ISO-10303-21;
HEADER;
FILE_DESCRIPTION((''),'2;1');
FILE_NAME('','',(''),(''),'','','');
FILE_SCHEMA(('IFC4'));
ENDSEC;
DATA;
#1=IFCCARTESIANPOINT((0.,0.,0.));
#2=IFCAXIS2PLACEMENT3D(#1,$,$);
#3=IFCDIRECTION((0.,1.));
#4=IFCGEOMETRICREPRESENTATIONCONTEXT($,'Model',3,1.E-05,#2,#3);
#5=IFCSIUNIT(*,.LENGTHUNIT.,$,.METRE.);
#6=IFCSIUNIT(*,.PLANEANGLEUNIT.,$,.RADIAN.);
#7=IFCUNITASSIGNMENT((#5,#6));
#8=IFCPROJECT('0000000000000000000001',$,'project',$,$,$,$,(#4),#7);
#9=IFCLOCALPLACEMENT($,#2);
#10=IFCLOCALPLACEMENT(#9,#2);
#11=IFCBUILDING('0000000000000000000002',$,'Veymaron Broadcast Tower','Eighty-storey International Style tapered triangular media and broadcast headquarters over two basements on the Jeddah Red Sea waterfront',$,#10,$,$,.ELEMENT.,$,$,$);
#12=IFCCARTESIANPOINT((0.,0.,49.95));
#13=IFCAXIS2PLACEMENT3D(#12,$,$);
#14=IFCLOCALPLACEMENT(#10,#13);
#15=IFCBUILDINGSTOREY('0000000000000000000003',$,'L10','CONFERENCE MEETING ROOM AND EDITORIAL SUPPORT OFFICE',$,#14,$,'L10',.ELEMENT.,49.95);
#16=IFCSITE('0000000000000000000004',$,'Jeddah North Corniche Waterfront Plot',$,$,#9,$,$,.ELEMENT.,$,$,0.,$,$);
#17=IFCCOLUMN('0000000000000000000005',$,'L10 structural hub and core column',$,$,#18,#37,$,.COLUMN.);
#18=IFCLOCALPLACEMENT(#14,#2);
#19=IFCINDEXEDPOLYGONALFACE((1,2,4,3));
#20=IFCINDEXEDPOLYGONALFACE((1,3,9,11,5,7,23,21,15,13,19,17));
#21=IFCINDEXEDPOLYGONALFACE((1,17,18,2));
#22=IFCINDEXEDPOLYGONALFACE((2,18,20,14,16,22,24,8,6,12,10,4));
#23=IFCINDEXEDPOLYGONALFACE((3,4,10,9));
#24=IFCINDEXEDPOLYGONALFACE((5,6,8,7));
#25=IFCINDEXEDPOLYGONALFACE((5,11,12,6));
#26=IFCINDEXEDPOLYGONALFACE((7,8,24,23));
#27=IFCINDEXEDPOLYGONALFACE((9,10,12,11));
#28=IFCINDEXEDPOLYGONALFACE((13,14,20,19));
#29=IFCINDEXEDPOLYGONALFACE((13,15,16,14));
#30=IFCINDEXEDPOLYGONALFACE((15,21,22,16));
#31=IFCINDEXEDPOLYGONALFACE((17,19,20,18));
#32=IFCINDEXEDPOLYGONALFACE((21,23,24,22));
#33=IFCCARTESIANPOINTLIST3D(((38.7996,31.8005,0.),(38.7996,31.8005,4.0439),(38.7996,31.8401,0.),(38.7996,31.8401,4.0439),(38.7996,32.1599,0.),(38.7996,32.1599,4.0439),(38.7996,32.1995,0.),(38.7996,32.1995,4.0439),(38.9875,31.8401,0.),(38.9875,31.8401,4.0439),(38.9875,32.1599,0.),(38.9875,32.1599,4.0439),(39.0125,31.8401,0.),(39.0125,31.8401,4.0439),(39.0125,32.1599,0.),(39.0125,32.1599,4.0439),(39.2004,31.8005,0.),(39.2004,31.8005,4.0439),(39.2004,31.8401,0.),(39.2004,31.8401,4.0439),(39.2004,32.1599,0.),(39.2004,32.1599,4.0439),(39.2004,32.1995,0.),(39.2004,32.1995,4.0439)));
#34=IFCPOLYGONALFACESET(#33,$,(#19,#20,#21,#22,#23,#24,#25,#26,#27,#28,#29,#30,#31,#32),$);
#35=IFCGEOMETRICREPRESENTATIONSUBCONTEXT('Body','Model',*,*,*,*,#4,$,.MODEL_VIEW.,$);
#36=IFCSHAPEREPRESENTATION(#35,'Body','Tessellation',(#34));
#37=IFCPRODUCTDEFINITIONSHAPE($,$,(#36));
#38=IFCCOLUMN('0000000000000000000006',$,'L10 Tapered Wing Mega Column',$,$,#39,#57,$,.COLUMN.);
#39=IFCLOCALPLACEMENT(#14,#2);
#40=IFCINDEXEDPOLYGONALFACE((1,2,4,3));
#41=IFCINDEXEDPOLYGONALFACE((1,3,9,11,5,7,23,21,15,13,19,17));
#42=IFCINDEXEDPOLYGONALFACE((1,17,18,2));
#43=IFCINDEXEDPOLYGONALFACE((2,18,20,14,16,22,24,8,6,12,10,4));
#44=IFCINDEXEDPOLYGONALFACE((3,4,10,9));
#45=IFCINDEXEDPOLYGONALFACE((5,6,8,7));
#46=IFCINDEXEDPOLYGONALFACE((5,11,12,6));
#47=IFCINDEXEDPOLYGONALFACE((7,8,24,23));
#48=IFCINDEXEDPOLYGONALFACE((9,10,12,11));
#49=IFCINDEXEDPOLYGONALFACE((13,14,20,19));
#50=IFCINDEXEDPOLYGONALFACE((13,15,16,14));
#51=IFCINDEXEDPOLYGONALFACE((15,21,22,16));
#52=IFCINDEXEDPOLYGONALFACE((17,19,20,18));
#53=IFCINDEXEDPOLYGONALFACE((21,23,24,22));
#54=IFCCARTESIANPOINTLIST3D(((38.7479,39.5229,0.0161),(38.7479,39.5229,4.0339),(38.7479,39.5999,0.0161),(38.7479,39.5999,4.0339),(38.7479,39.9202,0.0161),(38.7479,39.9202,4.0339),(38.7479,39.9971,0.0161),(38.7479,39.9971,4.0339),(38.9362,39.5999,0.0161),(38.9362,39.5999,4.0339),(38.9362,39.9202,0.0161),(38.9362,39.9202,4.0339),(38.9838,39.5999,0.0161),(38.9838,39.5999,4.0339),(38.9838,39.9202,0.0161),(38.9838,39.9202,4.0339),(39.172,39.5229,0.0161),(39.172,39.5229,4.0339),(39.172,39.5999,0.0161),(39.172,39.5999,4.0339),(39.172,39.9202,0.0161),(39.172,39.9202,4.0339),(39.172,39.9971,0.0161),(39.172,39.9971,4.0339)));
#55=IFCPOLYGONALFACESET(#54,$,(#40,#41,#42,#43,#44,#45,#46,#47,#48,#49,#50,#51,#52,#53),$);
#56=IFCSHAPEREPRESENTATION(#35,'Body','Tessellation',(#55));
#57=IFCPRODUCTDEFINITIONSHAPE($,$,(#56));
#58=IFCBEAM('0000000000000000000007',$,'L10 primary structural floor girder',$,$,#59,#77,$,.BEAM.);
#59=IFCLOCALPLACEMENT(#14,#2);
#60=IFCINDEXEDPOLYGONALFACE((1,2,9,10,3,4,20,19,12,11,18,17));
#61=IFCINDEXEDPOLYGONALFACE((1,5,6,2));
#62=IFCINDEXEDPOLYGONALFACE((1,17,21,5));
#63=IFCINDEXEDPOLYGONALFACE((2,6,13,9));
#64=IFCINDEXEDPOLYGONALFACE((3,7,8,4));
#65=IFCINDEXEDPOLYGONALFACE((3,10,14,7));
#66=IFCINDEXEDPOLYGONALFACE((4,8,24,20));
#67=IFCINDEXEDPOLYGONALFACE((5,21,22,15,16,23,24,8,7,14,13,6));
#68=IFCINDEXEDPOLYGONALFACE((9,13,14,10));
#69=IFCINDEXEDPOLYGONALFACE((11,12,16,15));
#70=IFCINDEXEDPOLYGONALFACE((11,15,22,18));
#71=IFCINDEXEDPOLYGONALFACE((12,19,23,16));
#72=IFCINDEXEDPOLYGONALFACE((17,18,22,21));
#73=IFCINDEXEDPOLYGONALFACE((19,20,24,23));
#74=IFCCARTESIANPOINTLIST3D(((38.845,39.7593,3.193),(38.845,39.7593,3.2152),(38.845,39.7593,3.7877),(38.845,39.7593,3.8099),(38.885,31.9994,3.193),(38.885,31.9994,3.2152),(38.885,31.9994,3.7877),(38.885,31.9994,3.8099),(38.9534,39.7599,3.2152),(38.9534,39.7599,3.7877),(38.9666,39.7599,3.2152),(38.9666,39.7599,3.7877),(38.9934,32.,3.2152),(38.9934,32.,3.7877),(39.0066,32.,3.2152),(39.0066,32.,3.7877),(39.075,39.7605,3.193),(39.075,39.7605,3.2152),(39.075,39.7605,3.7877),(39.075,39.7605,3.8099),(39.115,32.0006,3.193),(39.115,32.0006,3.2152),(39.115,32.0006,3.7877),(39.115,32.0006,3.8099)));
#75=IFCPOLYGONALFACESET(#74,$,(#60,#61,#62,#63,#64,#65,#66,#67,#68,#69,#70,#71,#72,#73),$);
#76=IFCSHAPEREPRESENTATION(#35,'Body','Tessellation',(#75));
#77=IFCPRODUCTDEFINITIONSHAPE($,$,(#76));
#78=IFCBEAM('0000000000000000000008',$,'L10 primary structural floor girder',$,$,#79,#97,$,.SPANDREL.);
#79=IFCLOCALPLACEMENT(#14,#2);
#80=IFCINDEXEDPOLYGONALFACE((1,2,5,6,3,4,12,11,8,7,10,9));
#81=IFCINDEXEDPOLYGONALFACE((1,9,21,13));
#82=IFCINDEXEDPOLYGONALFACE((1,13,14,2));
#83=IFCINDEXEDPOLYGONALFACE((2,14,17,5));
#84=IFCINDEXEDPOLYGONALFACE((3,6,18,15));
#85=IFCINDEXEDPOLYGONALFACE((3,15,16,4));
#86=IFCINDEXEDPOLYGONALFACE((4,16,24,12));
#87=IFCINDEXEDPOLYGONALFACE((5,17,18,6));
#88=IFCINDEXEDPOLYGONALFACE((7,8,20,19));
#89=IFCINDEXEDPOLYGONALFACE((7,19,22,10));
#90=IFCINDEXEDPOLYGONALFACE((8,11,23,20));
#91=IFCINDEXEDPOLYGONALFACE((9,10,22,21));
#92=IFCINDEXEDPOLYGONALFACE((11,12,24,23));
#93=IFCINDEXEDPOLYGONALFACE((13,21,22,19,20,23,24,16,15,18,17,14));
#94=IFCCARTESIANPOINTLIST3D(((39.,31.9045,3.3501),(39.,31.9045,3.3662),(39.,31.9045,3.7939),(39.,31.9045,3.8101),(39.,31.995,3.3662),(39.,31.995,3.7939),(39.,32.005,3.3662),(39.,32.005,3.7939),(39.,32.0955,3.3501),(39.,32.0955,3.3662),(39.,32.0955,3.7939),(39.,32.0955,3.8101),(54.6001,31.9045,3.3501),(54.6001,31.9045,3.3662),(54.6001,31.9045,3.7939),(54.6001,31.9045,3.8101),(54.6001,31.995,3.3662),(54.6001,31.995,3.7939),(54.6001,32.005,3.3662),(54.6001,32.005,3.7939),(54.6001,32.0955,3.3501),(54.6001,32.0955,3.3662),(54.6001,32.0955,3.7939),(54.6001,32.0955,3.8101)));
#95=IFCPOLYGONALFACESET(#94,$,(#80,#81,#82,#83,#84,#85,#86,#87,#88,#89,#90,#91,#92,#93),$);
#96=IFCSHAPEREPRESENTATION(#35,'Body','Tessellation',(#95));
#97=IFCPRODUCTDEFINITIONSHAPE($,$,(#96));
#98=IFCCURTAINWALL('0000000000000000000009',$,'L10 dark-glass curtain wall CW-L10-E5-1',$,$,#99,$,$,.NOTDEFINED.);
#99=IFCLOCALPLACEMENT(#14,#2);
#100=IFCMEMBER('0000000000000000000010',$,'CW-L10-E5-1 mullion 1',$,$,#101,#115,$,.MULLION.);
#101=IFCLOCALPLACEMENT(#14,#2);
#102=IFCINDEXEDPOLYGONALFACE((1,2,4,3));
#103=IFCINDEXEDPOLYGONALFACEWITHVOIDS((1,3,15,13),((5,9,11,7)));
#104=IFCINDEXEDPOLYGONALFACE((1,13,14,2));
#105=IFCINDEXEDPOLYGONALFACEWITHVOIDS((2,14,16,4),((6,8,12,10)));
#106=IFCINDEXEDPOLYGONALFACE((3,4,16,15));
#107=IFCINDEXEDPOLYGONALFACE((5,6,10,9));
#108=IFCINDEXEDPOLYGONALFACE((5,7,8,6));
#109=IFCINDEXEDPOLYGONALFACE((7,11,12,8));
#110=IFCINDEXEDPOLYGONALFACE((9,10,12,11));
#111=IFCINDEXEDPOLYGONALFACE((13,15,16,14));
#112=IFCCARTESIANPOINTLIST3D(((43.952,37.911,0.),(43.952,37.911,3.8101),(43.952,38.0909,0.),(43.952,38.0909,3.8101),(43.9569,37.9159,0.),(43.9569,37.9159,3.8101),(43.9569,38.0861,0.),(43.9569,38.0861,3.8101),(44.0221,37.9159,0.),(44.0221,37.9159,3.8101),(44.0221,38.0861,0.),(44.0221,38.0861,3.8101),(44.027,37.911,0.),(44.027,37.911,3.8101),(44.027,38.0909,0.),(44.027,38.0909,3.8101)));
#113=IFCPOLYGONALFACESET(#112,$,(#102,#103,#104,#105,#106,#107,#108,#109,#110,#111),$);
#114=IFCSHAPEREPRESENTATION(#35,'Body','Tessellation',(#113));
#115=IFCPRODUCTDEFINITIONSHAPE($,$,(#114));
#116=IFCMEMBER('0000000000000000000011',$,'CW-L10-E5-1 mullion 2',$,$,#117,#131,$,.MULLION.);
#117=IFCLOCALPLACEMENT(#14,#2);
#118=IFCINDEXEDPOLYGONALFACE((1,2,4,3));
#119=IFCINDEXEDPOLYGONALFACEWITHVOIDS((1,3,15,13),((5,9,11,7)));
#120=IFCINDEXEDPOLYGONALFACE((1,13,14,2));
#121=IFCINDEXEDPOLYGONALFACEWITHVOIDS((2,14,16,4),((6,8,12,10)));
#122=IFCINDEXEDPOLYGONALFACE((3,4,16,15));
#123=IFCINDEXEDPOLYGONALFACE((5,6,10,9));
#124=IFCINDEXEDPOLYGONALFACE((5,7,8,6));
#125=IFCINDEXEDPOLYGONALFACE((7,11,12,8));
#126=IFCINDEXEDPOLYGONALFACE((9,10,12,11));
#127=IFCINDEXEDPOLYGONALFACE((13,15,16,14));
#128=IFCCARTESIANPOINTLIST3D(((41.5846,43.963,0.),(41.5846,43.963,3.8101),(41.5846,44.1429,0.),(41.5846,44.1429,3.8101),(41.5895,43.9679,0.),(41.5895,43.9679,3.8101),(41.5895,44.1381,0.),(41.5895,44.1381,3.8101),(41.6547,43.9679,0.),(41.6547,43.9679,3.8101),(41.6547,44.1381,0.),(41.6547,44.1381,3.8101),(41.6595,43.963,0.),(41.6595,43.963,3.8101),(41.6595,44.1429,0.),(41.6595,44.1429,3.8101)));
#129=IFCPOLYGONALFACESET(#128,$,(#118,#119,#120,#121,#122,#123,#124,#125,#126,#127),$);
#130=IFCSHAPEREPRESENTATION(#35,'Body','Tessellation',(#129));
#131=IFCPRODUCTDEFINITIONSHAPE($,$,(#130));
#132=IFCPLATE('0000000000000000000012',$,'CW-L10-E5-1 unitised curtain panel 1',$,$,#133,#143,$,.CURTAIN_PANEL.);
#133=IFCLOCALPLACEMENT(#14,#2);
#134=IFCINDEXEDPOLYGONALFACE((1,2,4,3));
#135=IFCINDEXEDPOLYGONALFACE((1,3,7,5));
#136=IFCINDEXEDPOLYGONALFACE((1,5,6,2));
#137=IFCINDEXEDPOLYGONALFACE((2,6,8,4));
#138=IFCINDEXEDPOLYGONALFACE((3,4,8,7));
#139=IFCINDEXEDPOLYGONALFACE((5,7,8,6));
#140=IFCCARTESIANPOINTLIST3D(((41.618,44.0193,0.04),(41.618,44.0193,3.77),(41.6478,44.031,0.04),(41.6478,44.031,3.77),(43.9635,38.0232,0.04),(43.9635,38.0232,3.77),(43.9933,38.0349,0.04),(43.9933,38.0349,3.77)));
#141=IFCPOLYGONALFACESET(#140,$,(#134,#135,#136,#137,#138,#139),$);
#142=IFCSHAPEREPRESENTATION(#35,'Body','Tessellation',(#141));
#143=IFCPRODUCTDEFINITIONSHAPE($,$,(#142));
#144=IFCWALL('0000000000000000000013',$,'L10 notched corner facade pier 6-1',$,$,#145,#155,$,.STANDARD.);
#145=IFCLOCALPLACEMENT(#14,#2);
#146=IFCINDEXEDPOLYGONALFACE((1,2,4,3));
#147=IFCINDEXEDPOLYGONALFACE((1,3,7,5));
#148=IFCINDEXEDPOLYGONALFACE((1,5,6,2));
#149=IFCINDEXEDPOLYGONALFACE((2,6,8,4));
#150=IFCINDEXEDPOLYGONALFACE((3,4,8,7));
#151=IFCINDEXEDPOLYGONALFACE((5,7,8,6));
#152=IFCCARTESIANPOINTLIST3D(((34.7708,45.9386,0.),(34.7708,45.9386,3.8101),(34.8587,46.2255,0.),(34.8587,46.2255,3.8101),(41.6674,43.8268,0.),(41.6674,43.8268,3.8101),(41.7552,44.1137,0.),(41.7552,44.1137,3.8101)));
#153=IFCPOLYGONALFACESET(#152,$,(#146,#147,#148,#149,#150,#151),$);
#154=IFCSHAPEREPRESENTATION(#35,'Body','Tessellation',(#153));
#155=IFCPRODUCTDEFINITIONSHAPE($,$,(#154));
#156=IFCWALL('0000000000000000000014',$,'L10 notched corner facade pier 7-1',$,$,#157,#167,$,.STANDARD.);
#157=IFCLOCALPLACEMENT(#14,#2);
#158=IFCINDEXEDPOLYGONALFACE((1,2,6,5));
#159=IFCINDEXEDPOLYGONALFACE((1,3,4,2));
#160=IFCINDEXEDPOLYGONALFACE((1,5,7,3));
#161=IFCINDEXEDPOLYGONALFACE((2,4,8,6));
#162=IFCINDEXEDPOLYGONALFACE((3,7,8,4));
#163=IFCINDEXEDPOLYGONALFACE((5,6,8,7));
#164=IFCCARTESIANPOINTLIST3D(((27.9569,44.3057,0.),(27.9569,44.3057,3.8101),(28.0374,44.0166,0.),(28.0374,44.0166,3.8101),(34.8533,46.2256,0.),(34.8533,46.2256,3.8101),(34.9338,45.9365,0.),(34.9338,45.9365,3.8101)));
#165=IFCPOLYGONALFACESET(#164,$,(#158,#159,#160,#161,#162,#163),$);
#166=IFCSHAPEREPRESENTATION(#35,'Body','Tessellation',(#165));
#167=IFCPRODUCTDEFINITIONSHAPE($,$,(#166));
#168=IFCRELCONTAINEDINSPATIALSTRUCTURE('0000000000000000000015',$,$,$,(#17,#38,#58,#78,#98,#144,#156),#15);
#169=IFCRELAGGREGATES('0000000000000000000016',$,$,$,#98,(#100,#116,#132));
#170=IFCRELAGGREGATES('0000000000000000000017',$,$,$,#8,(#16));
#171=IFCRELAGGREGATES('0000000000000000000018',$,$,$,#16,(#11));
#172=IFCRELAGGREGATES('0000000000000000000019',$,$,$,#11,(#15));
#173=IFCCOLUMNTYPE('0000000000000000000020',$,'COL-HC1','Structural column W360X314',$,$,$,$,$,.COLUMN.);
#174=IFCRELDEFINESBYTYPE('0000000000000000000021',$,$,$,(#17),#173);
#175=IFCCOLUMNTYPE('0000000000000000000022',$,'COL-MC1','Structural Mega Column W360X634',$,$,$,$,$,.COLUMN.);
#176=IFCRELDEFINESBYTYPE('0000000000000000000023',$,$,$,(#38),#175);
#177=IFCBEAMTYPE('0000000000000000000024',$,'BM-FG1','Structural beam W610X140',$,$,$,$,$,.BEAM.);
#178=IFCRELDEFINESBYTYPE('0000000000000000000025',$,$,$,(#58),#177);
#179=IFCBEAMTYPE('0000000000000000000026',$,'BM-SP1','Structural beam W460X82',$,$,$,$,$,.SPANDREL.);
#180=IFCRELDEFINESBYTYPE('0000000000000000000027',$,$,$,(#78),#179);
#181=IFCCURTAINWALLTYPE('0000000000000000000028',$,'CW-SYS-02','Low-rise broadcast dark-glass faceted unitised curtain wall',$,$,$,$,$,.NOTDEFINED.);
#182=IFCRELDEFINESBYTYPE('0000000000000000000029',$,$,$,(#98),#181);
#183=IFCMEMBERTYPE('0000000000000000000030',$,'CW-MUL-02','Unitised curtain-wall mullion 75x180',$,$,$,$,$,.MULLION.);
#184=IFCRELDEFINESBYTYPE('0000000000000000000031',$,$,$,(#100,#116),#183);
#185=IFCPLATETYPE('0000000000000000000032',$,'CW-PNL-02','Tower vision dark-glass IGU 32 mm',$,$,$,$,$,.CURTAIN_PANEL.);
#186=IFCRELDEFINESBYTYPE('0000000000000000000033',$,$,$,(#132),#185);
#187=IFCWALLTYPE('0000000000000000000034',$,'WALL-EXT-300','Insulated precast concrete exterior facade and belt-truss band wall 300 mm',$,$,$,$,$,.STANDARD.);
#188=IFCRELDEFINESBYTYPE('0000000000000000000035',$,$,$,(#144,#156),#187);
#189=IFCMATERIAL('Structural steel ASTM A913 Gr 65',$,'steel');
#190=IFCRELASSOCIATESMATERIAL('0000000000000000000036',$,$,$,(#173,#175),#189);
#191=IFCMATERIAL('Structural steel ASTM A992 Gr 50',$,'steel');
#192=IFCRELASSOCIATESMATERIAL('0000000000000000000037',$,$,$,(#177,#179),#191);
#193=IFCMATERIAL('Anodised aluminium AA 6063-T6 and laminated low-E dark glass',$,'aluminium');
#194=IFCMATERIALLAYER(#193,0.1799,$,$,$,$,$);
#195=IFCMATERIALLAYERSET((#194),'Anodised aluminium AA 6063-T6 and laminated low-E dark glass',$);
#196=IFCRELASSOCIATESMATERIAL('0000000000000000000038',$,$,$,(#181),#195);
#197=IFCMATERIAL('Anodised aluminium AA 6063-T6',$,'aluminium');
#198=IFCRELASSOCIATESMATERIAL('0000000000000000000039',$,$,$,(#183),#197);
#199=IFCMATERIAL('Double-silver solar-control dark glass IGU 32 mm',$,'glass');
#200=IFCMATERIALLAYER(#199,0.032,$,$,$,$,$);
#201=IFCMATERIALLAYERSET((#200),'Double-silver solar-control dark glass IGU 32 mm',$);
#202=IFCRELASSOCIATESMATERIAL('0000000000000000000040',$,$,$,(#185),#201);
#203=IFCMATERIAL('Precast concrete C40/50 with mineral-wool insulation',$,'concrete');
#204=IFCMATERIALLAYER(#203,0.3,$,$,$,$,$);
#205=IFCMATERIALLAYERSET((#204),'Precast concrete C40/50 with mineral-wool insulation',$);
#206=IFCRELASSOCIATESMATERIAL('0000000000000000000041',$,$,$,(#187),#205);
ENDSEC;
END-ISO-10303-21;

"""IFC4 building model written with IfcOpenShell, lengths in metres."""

from ifc_helpers import new_model, si_unit, direction, frame, frame_2d, origin, origin_2d, place, context, subcontext, project, spatial, rectangle, hollow_rectangle, i_section, extrude, material, layer, layer_set, material_profile, profile_set, type_object, element, aggregate, save


model = new_model("IFC4")

# Units and contexts
model_context = context("Model", 3, precision=1e-05, world=origin(), true_north=direction((0.0, 1.0)))
body_context = subcontext(model_context, "Body", "Model", "MODEL_VIEW")
ifc_project = project(units=[si_unit("LENGTHUNIT", "METRE"), si_unit("PLANEANGLEUNIT", "RADIAN")], contexts=[model_context])

# Site, building, storey
site_placement = place(None, origin())
site = spatial("IfcSite", under=ifc_project, at=site_placement, Name="Jeddah North Corniche Waterfront Plot", CompositionType="ELEMENT", RefElevation=0.0)
building_placement = place(site_placement, origin())
building = spatial("IfcBuilding", under=site, at=building_placement, Name="Veymaron Broadcast Tower", Description="Eighty-storey International Style tapered triangular media and broadcast headquarters over two basements on the Jeddah Red Sea waterfront", CompositionType="ELEMENT")
storey_placement = place(building_placement, frame((0.0, 0.0, 49.95)))
storey = spatial("IfcBuildingStorey", under=building, at=storey_placement, Name="L10", Description="CONFERENCE MEETING ROOM AND EDITORIAL SUPPORT OFFICE", LongName="L10", CompositionType="ELEMENT", Elevation=49.95)

# Columns
ifc_material_1 = material(Name="Structural steel ASTM A913 Gr 65", Category="steel")
ifc_material_profile_1 = material_profile(ifc_material_1, i_section(OverallWidth=0.4009, OverallDepth=0.3989, WebThickness=0.0249, FlangeThickness=0.0396, at=origin_2d()), Name="W360X314")
ifc_profile_set_1 = profile_set([ifc_material_profile_1], Name="Structural steel ASTM A913 Gr 65")
column_type_1 = type_object("IfcColumnType", Name="COL-HC1", Description="Structural column W360X314", PredefinedType="COLUMN", material=ifc_profile_set_1)
column_1_placement = place(storey_placement, frame((39.0, 32.0, 0.0), z_axis=(0.0, 0.0, 1.0), x_axis=(1.0, 0.0, 0.0)))
element("IfcColumn", 1, at=column_1_placement, inside=storey, type_object=column_type_1, Name="L10 structural hub and core column", PredefinedType="COLUMN", context=body_context, shape_type="SweptSolid", body=[
    extrude(i_section(OverallWidth=0.4009, OverallDepth=0.3989, WebThickness=0.0249, FlangeThickness=0.0396, at=origin_2d()), origin(), (0.0, 0.0, 1.0), 4.0439),
])
ifc_material_profile_2 = material_profile(ifc_material_1, i_section(OverallWidth=0.4241, OverallDepth=0.4741, WebThickness=0.0476, FlangeThickness=0.0769, at=origin_2d()), Name="W360X634")
ifc_profile_set_2 = profile_set([ifc_material_profile_2], Name="Structural steel ASTM A913 Gr 65")
column_type_2 = type_object("IfcColumnType", Name="COL-MC1", Description="Structural Mega Column W360X634", PredefinedType="COLUMN", material=ifc_profile_set_2)
column_2_placement = place(storey_placement, frame((38.96, 39.76, 0.0161), z_axis=(0.0, 0.0, 1.0), x_axis=(1.0, 0.0, 0.0)))
element("IfcColumn", 2, at=column_2_placement, inside=storey, type_object=column_type_2, Name="L10 Tapered Wing Mega Column", PredefinedType="COLUMN", context=body_context, shape_type="SweptSolid", body=[
    extrude(i_section(OverallWidth=0.4241, OverallDepth=0.4741, WebThickness=0.0476, FlangeThickness=0.0769, at=origin_2d()), origin(), (0.0, 0.0, 1.0), 4.0178),
])

# Beams
ifc_material_2 = material(Name="Structural steel ASTM A992 Gr 50", Category="steel")
ifc_material_profile_3 = material_profile(ifc_material_2, i_section(OverallWidth=0.23, OverallDepth=0.6169, WebThickness=0.0132, FlangeThickness=0.0222, at=origin_2d()), Name="W610X140")
ifc_profile_set_3 = profile_set([ifc_material_profile_3], Name="Structural steel ASTM A992 Gr 50")
beam_type_1 = type_object("IfcBeamType", Name="BM-FG1", Description="Structural beam W610X140", PredefinedType="BEAM", material=ifc_profile_set_3)
beam_1_placement = place(storey_placement, frame((39.0, 32.0, 3.5015), z_axis=(-0.00516, 0.999987, 0.0), x_axis=(-0.999987, -0.00516, 0.0)))
element("IfcBeam", 3, at=beam_1_placement, inside=storey, type_object=beam_type_1, Name="L10 primary structural floor girder", PredefinedType="BEAM", context=body_context, shape_type="SweptSolid", body=[
    extrude(i_section(OverallWidth=0.23, OverallDepth=0.6169, WebThickness=0.0132, FlangeThickness=0.0222, at=origin_2d()), origin(), (0.0, 0.0, 1.0), 7.76),
])
ifc_material_profile_4 = material_profile(ifc_material_2, i_section(OverallWidth=0.1909, OverallDepth=0.46, WebThickness=0.01, FlangeThickness=0.0161, at=origin_2d()), Name="W460X82")
ifc_profile_set_4 = profile_set([ifc_material_profile_4], Name="Structural steel ASTM A992 Gr 50")
beam_type_2 = type_object("IfcBeamType", Name="BM-SP1", Description="Structural beam W460X82", PredefinedType="SPANDREL", material=ifc_profile_set_4)
beam_2_placement = place(storey_placement, frame((39.0, 32.0, 3.5801), z_axis=(1.0, 0.0, 0.0), x_axis=(0.0, 1.0, 0.0)))
element("IfcBeam", 4, at=beam_2_placement, inside=storey, type_object=beam_type_2, Name="L10 primary structural floor girder", PredefinedType="SPANDREL", context=body_context, shape_type="SweptSolid", body=[
    extrude(i_section(OverallWidth=0.1909, OverallDepth=0.46, WebThickness=0.01, FlangeThickness=0.0161, at=origin_2d()), origin(), (0.0, 0.0, 1.0), 15.6001),
])

# Curtain wall, members, plate
ifc_material_3 = material(Name="Anodised aluminium AA 6063-T6 and laminated low-E dark glass", Category="aluminium")
ifc_layer_1 = layer(ifc_material_3, 0.1799)
ifc_layer_set_1 = layer_set([ifc_layer_1], Name="Anodised aluminium AA 6063-T6 and laminated low-E dark glass")
curtain_wall_type = type_object("IfcCurtainWallType", Name="CW-SYS-02", Description="Low-rise broadcast dark-glass faceted unitised curtain wall", PredefinedType="NOTDEFINED", material=ifc_layer_set_1)
curtain_wall_placement = place(storey_placement, origin())
curtain_wall = element("IfcCurtainWall", 5, at=curtain_wall_placement, inside=storey, type_object=curtain_wall_type, Name="L10 dark-glass curtain wall CW-L10-E5-1", PredefinedType="NOTDEFINED")
ifc_material_4 = material(Name="Anodised aluminium AA 6063-T6", Category="aluminium")
ifc_material_profile_5 = material_profile(ifc_material_4, hollow_rectangle(XDim=0.075, YDim=0.1799, WallThickness=0.0049, at=origin_2d()), Name="AL180X75X5")
ifc_profile_set_5 = profile_set([ifc_material_profile_5], Name="Anodised aluminium AA 6063-T6")
member_type = type_object("IfcMemberType", Name="CW-MUL-02", Description="Unitised curtain-wall mullion 75x180", PredefinedType="MULLION", material=ifc_profile_set_5)
member_1_placement = place(storey_placement, frame((43.9895, 38.001, 0.0), z_axis=(0.0, 0.0, 1.0), x_axis=(1.0, 0.0, 0.0)))
member_1 = element("IfcMember", 6, at=member_1_placement, type_object=member_type, Name="CW-L10-E5-1 mullion 1", PredefinedType="MULLION", context=body_context, shape_type="SweptSolid", body=[
    extrude(hollow_rectangle(XDim=0.075, YDim=0.1799, WallThickness=0.0049, at=origin_2d()), origin(), (0.0, 0.0, 1.0), 3.8101),
])
member_2_placement = place(storey_placement, frame((41.6221, 44.053, 0.0), z_axis=(0.0, 0.0, 1.0), x_axis=(1.0, 0.0, 0.0)))
member_2 = element("IfcMember", 7, at=member_2_placement, type_object=member_type, Name="CW-L10-E5-1 mullion 2", PredefinedType="MULLION", context=body_context, shape_type="SweptSolid", body=[
    extrude(hollow_rectangle(XDim=0.075, YDim=0.1799, WallThickness=0.0049, at=origin_2d()), origin(), (0.0, 0.0, 1.0), 3.8101),
])
ifc_material_5 = material(Name="Double-silver solar-control dark glass IGU 32 mm", Category="glass")
ifc_layer_2 = layer(ifc_material_5, 0.032)
ifc_layer_set_2 = layer_set([ifc_layer_2], Name="Double-silver solar-control dark glass IGU 32 mm")
plate_type = type_object("IfcPlateType", Name="CW-PNL-02", Description="Tower vision dark-glass IGU 32 mm", PredefinedType="CURTAIN_PANEL", material=ifc_layer_set_2)
plate_placement = place(storey_placement, frame((42.8057, 41.0271, 0.04), z_axis=(0.0, 0.0, 1.0), x_axis=(-0.364292, 0.931285, 0.0)))
plate = element("IfcPlate", 8, at=plate_placement, type_object=plate_type, Name="CW-L10-E5-1 unitised curtain panel 1", PredefinedType="CURTAIN_PANEL", context=body_context, shape_type="SweptSolid", body=[
    extrude(rectangle(XDim=6.4385, YDim=0.032, at=origin_2d()), origin(), (0.0, 0.0, 1.0), 3.73),
])
aggregate(curtain_wall, [member_1, member_2, plate])

# Walls
ifc_material_6 = material(Name="Precast concrete C40/50 with mineral-wool insulation", Category="concrete")
ifc_layer_3 = layer(ifc_material_6, 0.3)
ifc_layer_set_3 = layer_set([ifc_layer_3], Name="Precast concrete C40/50 with mineral-wool insulation")
wall_type_1 = type_object("IfcWallType", Name="WALL-EXT-300", Description="Insulated precast concrete exterior facade and belt-truss band wall 300 mm", PredefinedType="STANDARD", material=ifc_layer_set_3)
wall_1_placement = place(storey_placement, frame((41.7114, 43.9702, 0.0), z_axis=(0.0, 0.0, 1.0), x_axis=(-0.956175, 0.292796, 0.0)))
element("IfcWall", 9, at=wall_1_placement, inside=storey, type_object=wall_type_1, Name="L10 notched corner facade pier 6-1", PredefinedType="STANDARD", context=body_context, shape_type="SweptSolid", body=[
    extrude(rectangle(XDim=7.2126, YDim=0.3, at=frame_2d((3.6064, 0.0))), origin(), (0.0, 0.0, 1.0), 3.8101),
])
wall_2_placement = place(storey_placement, frame((34.8936, 46.0811, 0.0), z_axis=(0.0, 0.0, 1.0), x_axis=(-0.963365, -0.268193, 0.0)))
element("IfcWall", 10, at=wall_2_placement, inside=storey, type_object=wall_type_1, Name="L10 notched corner facade pier 7-1", PredefinedType="STANDARD", context=body_context, shape_type="SweptSolid", body=[
    extrude(rectangle(XDim=7.1587, YDim=0.3, at=frame_2d((3.5793, 0.0))), origin(), (0.0, 0.0, 1.0), 3.8101),
])

save(model, "model.ifc")
